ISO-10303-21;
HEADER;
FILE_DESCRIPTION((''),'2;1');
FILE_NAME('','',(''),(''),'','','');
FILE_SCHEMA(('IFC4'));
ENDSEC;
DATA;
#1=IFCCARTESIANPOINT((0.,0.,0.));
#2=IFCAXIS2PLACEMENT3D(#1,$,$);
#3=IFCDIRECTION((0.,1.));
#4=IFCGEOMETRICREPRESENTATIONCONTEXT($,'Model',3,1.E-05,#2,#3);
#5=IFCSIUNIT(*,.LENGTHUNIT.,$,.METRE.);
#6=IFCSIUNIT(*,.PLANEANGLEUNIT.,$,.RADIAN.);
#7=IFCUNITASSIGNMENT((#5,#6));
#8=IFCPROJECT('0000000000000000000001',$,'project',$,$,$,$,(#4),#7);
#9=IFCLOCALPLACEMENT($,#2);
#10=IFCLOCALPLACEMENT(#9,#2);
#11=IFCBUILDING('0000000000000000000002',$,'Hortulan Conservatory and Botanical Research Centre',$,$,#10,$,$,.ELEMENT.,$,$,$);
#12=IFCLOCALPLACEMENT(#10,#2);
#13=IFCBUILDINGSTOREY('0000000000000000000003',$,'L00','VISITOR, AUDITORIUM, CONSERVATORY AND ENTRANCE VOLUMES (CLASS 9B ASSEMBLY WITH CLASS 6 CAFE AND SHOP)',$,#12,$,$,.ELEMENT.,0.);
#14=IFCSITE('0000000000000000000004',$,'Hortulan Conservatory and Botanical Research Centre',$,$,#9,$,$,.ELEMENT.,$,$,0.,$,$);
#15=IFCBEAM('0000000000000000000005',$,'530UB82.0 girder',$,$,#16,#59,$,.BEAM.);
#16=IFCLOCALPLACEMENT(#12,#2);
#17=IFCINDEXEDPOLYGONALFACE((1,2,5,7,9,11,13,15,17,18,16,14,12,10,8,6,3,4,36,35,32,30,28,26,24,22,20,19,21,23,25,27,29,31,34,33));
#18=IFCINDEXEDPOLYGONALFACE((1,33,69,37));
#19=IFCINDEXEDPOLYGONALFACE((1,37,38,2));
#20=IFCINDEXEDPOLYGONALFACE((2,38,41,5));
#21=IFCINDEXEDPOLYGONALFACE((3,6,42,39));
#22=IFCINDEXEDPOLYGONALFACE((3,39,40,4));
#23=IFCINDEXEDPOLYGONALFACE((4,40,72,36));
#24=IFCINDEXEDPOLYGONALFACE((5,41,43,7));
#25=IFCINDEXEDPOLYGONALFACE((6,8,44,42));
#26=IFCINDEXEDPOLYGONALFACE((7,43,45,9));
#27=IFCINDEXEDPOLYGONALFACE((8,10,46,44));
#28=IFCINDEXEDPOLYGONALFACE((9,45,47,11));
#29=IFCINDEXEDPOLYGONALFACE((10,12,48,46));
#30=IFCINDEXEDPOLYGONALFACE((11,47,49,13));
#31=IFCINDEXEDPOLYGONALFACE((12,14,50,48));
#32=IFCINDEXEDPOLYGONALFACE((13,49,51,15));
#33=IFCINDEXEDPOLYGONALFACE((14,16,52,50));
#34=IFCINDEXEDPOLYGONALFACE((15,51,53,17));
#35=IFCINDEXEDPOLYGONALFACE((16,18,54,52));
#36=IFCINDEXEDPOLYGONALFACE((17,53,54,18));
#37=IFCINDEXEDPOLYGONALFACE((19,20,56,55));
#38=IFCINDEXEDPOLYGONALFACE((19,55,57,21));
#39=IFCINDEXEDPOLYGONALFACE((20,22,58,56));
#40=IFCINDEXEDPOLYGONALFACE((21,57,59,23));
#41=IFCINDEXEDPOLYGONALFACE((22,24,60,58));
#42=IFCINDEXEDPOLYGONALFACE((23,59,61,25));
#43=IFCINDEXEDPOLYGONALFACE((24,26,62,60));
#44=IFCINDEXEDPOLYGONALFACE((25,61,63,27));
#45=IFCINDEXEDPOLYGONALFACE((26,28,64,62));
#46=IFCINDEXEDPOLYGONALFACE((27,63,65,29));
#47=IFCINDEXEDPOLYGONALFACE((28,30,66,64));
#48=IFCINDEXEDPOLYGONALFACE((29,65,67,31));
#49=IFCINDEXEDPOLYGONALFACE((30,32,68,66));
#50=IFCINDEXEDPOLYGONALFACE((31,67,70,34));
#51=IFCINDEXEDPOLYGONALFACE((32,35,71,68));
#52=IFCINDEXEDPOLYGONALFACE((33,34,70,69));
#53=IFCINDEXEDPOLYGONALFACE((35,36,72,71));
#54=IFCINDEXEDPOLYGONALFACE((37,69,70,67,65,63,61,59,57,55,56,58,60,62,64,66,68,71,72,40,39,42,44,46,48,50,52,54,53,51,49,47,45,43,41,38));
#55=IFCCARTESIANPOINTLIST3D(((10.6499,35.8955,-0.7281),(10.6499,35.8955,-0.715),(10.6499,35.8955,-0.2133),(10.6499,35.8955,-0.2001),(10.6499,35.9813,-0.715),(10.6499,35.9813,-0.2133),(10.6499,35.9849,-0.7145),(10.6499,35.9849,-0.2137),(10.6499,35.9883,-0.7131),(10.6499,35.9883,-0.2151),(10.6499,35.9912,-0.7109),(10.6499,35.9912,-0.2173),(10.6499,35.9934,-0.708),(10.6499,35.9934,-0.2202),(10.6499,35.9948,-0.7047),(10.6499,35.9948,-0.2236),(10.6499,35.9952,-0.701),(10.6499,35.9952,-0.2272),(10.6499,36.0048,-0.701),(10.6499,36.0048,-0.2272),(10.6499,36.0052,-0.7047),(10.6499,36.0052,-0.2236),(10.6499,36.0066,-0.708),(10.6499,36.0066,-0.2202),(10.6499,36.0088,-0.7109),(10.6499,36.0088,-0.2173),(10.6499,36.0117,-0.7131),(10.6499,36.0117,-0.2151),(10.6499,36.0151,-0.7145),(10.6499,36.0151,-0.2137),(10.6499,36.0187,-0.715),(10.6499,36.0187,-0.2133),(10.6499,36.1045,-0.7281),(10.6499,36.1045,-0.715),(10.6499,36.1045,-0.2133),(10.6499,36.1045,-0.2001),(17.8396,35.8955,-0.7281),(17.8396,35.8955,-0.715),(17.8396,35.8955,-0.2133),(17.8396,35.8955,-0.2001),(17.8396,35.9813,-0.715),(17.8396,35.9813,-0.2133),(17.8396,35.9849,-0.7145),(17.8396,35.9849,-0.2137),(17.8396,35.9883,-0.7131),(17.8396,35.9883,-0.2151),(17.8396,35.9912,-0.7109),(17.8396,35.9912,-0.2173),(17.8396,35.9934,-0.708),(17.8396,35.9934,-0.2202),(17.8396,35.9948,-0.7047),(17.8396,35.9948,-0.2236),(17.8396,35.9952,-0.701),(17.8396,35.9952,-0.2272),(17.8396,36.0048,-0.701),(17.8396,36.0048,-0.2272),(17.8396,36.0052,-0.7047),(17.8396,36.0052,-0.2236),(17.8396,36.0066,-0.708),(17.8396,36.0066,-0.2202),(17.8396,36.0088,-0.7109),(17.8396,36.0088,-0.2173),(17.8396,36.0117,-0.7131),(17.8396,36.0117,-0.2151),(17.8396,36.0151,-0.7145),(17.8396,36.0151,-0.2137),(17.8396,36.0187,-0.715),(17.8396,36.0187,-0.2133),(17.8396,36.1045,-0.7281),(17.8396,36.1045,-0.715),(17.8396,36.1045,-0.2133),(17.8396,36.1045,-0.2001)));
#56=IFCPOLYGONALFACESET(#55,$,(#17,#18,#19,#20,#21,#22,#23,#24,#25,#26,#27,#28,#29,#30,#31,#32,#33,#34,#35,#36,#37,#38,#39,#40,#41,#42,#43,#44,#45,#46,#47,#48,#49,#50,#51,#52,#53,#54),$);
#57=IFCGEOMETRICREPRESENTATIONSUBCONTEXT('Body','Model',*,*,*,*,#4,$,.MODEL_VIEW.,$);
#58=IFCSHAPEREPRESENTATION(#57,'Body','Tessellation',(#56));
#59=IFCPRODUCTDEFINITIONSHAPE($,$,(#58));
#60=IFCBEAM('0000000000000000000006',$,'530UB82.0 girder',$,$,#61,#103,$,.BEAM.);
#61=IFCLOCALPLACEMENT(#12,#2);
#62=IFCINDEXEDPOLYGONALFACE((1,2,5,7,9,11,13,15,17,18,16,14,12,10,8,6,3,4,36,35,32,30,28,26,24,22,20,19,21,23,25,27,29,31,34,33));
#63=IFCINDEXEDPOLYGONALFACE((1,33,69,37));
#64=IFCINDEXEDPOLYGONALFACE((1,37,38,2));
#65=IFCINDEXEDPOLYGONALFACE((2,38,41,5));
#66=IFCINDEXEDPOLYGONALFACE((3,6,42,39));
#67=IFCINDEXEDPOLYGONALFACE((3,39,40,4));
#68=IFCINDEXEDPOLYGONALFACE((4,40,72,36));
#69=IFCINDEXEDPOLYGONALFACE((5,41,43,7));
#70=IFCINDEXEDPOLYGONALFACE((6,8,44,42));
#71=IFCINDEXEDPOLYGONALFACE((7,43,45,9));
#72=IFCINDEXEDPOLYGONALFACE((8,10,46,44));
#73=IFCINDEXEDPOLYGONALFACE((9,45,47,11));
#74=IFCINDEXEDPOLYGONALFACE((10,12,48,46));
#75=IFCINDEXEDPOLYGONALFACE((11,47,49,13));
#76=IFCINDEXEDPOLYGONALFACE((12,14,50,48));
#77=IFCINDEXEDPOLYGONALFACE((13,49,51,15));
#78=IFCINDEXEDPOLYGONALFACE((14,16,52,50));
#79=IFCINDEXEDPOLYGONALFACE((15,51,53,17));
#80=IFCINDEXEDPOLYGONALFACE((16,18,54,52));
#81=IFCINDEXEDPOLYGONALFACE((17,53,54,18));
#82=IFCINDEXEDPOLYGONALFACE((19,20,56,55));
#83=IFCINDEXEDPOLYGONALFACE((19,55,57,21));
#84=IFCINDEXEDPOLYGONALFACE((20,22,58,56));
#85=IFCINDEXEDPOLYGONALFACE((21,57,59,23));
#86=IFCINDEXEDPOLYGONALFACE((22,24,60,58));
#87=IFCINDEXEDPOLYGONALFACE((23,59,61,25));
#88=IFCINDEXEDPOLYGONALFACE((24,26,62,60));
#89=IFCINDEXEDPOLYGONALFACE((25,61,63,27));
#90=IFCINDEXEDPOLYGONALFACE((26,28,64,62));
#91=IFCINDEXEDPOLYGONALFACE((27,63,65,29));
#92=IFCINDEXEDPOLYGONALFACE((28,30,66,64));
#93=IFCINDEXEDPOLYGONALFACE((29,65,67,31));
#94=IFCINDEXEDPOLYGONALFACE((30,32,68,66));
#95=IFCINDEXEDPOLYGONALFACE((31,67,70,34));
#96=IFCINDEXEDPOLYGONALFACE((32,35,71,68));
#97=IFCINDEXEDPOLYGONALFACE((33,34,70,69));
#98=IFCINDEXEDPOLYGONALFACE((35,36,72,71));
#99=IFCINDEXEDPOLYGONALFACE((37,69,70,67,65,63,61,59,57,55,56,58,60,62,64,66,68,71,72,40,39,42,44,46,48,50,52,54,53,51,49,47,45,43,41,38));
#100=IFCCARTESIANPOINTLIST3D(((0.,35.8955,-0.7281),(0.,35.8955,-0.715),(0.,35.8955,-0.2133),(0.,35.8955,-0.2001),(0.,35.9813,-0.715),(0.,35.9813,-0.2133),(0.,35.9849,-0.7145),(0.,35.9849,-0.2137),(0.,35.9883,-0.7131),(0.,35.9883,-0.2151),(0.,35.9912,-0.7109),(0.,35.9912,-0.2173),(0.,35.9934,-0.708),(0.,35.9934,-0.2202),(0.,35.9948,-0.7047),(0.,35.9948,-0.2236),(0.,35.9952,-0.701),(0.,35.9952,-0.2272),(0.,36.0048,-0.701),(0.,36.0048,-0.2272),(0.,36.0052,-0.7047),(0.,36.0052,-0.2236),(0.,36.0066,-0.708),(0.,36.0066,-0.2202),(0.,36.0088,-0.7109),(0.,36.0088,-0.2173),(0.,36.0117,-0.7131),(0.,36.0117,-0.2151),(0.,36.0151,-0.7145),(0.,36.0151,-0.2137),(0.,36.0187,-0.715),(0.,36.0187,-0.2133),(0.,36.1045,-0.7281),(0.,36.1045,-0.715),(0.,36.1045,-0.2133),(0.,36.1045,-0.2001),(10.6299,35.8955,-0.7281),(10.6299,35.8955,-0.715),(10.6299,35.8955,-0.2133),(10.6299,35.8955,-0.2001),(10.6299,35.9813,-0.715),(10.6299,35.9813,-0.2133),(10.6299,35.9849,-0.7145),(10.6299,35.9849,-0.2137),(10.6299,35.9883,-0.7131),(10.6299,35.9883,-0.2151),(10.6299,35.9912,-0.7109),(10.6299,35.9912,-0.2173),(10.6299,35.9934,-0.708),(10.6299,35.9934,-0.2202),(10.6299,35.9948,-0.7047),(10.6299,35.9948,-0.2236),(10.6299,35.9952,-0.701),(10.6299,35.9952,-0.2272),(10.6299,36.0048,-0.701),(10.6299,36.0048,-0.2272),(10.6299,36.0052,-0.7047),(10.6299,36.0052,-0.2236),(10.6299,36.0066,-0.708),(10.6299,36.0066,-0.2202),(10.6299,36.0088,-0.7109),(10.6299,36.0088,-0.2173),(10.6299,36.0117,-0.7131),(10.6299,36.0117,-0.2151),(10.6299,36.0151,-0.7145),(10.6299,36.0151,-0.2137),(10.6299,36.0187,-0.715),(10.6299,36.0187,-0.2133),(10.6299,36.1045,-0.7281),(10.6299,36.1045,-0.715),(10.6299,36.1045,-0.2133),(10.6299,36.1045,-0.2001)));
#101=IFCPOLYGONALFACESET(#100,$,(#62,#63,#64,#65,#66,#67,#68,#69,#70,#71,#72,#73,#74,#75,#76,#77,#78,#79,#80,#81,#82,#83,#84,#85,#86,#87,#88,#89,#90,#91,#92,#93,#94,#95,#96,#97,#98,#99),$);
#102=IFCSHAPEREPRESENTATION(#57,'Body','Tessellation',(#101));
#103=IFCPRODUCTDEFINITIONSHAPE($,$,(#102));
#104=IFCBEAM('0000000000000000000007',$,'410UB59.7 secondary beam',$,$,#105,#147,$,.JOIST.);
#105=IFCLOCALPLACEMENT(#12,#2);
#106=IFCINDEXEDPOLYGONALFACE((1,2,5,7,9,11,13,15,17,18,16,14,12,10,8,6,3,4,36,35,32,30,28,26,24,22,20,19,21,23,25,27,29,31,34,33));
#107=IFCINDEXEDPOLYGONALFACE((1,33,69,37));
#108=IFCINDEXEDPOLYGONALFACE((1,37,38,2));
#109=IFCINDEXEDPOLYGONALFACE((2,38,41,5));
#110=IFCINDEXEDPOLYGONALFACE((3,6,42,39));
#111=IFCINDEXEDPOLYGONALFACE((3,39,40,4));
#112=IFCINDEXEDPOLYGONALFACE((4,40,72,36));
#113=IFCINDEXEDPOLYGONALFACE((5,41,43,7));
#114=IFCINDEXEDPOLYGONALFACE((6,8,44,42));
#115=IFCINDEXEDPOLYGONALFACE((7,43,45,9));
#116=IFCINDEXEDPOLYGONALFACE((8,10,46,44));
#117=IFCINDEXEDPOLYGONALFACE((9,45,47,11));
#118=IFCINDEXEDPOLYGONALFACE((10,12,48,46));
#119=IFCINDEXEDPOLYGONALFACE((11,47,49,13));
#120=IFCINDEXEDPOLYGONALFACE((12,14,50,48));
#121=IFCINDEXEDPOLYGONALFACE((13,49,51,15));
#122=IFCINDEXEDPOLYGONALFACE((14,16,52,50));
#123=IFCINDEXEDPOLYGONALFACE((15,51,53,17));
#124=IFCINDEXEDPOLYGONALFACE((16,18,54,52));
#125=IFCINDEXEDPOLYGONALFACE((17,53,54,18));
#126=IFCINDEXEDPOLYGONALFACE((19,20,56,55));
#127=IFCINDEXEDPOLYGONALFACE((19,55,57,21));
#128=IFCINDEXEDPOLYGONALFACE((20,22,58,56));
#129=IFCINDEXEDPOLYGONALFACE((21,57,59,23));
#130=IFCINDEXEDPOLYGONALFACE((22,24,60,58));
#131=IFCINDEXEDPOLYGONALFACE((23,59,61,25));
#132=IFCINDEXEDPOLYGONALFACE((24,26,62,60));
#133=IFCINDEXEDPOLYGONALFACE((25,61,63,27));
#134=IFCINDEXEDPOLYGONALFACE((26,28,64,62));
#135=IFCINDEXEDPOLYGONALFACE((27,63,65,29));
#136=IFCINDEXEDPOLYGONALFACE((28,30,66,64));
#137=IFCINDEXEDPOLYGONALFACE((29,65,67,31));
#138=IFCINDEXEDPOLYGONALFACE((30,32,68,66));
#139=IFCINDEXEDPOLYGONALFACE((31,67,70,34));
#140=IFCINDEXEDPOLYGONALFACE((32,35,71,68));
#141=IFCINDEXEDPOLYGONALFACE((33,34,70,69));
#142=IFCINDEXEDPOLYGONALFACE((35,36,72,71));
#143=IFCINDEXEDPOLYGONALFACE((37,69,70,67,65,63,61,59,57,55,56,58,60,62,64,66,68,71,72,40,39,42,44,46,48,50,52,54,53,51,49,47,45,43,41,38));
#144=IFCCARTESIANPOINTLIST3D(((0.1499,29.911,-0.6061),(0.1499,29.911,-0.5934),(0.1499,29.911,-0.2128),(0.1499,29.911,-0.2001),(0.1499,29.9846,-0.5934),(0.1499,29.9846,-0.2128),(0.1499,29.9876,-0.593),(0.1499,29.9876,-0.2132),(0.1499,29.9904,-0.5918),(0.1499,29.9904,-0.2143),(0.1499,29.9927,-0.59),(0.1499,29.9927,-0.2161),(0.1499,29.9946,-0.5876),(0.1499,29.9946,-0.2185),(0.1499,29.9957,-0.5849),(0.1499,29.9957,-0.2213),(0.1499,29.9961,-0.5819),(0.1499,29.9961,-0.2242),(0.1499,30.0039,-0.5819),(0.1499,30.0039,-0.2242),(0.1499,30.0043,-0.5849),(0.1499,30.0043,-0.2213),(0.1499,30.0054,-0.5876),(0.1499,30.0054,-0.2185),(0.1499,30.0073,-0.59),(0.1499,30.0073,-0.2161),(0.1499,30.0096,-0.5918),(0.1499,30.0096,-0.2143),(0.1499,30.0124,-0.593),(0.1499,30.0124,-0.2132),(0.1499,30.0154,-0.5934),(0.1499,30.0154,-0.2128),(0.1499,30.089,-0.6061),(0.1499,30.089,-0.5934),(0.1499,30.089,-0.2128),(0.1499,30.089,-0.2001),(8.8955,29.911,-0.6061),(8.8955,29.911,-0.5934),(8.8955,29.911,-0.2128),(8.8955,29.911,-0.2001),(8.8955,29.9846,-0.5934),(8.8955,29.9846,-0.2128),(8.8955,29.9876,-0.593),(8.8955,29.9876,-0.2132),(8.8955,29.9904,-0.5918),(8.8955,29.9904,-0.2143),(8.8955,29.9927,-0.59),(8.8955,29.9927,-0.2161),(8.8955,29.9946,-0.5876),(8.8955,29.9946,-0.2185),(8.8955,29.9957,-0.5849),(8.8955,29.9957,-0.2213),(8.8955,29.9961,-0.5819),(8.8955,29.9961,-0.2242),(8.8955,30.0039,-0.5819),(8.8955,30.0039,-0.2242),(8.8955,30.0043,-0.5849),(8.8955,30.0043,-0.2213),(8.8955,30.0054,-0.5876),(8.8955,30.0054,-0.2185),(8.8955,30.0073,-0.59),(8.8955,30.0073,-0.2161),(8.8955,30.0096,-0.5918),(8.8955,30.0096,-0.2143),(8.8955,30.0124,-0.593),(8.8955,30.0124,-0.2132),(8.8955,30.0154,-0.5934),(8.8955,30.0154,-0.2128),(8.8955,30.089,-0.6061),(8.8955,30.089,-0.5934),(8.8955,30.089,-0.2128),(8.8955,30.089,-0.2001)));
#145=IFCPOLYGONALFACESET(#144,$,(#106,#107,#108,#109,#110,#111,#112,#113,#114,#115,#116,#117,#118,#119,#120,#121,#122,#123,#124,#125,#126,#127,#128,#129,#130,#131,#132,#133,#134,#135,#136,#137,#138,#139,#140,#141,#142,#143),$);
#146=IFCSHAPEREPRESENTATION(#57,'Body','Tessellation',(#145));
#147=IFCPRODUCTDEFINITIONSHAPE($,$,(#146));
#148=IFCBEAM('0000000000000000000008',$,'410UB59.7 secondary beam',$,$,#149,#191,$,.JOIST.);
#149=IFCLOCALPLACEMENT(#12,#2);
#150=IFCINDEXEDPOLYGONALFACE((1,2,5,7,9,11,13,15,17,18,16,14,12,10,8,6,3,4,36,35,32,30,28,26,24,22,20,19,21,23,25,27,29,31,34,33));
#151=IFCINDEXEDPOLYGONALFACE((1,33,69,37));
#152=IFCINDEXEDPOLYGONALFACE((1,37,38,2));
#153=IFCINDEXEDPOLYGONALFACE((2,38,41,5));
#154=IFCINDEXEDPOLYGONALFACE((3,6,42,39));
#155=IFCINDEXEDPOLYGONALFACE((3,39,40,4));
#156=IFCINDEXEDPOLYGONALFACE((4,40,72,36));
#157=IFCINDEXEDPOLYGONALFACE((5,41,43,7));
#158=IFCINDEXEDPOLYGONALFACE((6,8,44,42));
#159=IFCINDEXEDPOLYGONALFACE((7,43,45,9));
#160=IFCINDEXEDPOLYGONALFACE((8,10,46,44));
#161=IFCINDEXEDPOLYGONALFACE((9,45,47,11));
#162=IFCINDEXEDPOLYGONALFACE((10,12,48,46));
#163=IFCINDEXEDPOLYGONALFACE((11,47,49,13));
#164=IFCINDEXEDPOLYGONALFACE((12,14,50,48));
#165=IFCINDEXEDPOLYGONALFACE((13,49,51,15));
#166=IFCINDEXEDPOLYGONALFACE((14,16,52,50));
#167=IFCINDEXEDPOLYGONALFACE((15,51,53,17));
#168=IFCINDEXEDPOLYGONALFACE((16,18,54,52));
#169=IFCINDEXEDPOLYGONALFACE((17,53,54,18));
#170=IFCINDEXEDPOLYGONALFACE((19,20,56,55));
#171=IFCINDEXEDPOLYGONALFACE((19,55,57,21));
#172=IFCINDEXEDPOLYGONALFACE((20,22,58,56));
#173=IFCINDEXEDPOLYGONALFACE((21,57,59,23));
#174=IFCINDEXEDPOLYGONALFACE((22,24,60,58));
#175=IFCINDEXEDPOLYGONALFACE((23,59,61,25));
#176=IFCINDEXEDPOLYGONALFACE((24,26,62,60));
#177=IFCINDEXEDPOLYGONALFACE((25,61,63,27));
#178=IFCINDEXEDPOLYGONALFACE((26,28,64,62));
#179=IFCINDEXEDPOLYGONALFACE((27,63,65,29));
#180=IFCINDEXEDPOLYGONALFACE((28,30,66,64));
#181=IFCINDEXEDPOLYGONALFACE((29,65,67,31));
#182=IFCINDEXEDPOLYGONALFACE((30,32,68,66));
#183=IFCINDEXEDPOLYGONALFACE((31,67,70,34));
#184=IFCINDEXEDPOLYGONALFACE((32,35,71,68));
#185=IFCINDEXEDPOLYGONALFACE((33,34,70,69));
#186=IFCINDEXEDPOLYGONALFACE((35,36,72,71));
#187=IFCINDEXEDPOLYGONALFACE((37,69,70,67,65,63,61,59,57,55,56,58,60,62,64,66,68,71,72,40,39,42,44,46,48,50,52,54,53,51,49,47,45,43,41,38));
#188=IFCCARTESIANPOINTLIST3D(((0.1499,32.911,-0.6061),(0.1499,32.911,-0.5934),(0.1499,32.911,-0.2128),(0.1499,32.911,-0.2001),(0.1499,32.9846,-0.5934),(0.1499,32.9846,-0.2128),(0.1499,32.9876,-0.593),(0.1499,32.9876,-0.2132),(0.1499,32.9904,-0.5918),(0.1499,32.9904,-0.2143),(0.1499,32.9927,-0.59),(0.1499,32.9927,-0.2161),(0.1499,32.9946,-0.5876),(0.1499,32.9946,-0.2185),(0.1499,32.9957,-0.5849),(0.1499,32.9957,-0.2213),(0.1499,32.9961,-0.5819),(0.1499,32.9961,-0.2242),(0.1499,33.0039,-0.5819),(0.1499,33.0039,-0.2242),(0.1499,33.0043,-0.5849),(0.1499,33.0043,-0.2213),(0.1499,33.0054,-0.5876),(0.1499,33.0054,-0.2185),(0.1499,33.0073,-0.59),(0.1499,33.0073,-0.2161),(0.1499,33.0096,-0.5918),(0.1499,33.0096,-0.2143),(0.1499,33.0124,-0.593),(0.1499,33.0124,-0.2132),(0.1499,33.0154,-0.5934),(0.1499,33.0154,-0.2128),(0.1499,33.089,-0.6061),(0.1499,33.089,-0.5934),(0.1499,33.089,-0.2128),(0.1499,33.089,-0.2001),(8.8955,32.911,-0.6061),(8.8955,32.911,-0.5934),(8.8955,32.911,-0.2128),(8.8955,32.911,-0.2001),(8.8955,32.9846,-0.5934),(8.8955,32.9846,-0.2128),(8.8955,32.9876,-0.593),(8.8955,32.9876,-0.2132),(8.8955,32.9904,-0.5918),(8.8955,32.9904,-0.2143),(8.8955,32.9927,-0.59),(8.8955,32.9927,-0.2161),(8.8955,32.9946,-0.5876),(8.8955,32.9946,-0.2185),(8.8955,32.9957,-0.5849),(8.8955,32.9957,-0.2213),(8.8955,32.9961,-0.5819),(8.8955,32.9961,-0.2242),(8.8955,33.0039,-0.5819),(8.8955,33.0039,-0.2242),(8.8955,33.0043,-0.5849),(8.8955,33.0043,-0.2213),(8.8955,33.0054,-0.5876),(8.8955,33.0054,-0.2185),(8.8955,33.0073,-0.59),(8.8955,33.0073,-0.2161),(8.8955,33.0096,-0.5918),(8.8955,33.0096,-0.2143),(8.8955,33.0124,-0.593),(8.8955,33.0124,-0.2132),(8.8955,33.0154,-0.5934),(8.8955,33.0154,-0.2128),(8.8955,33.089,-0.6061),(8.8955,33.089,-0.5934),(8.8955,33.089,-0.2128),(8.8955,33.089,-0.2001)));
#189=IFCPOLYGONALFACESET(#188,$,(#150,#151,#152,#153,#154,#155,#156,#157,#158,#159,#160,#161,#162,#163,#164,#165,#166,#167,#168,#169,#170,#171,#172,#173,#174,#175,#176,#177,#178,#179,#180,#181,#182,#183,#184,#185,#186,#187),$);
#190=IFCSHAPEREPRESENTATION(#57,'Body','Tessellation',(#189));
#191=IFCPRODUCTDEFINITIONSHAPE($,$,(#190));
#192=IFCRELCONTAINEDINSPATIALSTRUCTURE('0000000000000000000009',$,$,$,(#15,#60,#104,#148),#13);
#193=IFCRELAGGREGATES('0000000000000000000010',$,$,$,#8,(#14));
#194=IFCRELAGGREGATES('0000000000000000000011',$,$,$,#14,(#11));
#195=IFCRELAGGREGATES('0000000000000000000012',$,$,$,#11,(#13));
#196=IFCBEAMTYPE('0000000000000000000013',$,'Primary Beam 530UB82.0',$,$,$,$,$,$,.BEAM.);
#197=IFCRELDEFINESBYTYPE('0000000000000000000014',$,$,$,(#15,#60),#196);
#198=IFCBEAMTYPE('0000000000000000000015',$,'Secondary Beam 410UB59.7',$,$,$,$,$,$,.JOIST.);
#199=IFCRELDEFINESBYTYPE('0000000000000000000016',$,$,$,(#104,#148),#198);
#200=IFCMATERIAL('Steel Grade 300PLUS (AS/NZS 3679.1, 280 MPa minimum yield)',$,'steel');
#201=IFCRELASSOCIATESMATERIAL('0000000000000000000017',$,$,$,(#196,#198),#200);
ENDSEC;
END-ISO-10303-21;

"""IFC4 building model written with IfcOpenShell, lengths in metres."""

from ifc_helpers import new_model, si_unit, direction, frame, origin, origin_2d, place, context, subcontext, project, spatial, i_section, extrude, material, material_profile, profile_set, type_object, element, save


model = new_model("IFC4")

# Units and contexts
model_context = context("Model", 3, precision=1e-05, world=origin(), true_north=direction((0.0, 1.0)))
body_context = subcontext(model_context, "Body", "Model", "MODEL_VIEW")
ifc_project = project(units=[si_unit("LENGTHUNIT", "METRE"), si_unit("PLANEANGLEUNIT", "RADIAN")], contexts=[model_context])

# Site, building, storey
site_placement = place(None, origin())
site = spatial("IfcSite", under=ifc_project, at=site_placement, Name="Hortulan Conservatory and Botanical Research Centre", CompositionType="ELEMENT", RefElevation=0.0)
building_placement = place(site_placement, origin())
building = spatial("IfcBuilding", under=site, at=building_placement, Name="Hortulan Conservatory and Botanical Research Centre", CompositionType="ELEMENT")
storey_placement = place(building_placement, origin())
storey = spatial("IfcBuildingStorey", under=building, at=storey_placement, Name="L00", Description="VISITOR, AUDITORIUM, CONSERVATORY AND ENTRANCE VOLUMES (CLASS 9B ASSEMBLY WITH CLASS 6 CAFE AND SHOP)", CompositionType="ELEMENT", Elevation=0.0)

# Beams
ifc_material_1 = material(Name="Steel Grade 300PLUS (AS/NZS 3679.1, 280 MPa minimum yield)", Category="steel")
ifc_material_profile_1 = material_profile(ifc_material_1, i_section(OverallWidth=0.209, OverallDepth=0.5281, WebThickness=0.0095, FlangeThickness=0.0132, FilletRadius=0.0139, at=origin_2d()), Name="530UB82.0")
ifc_profile_set_1 = profile_set([ifc_material_profile_1], Name="Steel Grade 300PLUS (AS/NZS 3679.1, 280 MPa minimum yield)")
beam_type_1 = type_object("IfcBeamType", Name="Primary Beam 530UB82.0", PredefinedType="BEAM", material=ifc_profile_set_1)
beam_1_placement = place(storey_placement, frame((10.6499, 36.0, -0.4641), z_axis=(1.0, 0.0, 0.0), x_axis=(0.0, 1.0, 0.0)))
element("IfcBeam", 1, at=beam_1_placement, inside=storey, type_object=beam_type_1, Name="530UB82.0 girder", PredefinedType="BEAM", context=body_context, shape_type="SweptSolid", body=[
    extrude(i_section(OverallWidth=0.209, OverallDepth=0.5281, WebThickness=0.0095, FlangeThickness=0.0132, FilletRadius=0.0139, at=origin_2d()), origin(), (0.0, 0.0, 1.0), 7.1897),
])
beam_2_placement = place(storey_placement, frame((0.0, 36.0, -0.4641), z_axis=(1.0, 0.0, 0.0), x_axis=(0.0, 1.0, 0.0)))
element("IfcBeam", 2, at=beam_2_placement, inside=storey, type_object=beam_type_1, Name="530UB82.0 girder", PredefinedType="BEAM", context=body_context, shape_type="SweptSolid", body=[
    extrude(i_section(OverallWidth=0.209, OverallDepth=0.5281, WebThickness=0.0095, FlangeThickness=0.0132, FilletRadius=0.0139, at=origin_2d()), origin(), (0.0, 0.0, 1.0), 10.6299),
])
ifc_material_profile_2 = material_profile(ifc_material_1, i_section(OverallWidth=0.178, OverallDepth=0.406, WebThickness=0.0078, FlangeThickness=0.0127, FilletRadius=0.0115, at=origin_2d()), Name="410UB59.7")
ifc_profile_set_2 = profile_set([ifc_material_profile_2], Name="Steel Grade 300PLUS (AS/NZS 3679.1, 280 MPa minimum yield)")
beam_type_2 = type_object("IfcBeamType", Name="Secondary Beam 410UB59.7", PredefinedType="JOIST", material=ifc_profile_set_2)
for number, where, z_axis, x_axis, name in (
    (3, (0.1499, 30.0, -0.4031), (1.0, 0.0, 0.0), (0.0, 1.0, 0.0), "410UB59.7 secondary beam"),
    (4, (0.1499, 33.0, -0.4031), (1.0, 0.0, 0.0), (0.0, 1.0, 0.0), "410UB59.7 secondary beam"),
):
    element("IfcBeam", number, at=place(storey_placement, frame(where, z_axis=z_axis, x_axis=x_axis)), inside=storey, type_object=beam_type_2, Name=name, PredefinedType="JOIST", context=body_context, shape_type="SweptSolid", body=[
        extrude(i_section(OverallWidth=0.178, OverallDepth=0.406, WebThickness=0.0078, FlangeThickness=0.0127, FilletRadius=0.0115, at=origin_2d()), origin(), (0.0, 0.0, 1.0), 8.7456),
    ])

save(model, "model.ifc")
